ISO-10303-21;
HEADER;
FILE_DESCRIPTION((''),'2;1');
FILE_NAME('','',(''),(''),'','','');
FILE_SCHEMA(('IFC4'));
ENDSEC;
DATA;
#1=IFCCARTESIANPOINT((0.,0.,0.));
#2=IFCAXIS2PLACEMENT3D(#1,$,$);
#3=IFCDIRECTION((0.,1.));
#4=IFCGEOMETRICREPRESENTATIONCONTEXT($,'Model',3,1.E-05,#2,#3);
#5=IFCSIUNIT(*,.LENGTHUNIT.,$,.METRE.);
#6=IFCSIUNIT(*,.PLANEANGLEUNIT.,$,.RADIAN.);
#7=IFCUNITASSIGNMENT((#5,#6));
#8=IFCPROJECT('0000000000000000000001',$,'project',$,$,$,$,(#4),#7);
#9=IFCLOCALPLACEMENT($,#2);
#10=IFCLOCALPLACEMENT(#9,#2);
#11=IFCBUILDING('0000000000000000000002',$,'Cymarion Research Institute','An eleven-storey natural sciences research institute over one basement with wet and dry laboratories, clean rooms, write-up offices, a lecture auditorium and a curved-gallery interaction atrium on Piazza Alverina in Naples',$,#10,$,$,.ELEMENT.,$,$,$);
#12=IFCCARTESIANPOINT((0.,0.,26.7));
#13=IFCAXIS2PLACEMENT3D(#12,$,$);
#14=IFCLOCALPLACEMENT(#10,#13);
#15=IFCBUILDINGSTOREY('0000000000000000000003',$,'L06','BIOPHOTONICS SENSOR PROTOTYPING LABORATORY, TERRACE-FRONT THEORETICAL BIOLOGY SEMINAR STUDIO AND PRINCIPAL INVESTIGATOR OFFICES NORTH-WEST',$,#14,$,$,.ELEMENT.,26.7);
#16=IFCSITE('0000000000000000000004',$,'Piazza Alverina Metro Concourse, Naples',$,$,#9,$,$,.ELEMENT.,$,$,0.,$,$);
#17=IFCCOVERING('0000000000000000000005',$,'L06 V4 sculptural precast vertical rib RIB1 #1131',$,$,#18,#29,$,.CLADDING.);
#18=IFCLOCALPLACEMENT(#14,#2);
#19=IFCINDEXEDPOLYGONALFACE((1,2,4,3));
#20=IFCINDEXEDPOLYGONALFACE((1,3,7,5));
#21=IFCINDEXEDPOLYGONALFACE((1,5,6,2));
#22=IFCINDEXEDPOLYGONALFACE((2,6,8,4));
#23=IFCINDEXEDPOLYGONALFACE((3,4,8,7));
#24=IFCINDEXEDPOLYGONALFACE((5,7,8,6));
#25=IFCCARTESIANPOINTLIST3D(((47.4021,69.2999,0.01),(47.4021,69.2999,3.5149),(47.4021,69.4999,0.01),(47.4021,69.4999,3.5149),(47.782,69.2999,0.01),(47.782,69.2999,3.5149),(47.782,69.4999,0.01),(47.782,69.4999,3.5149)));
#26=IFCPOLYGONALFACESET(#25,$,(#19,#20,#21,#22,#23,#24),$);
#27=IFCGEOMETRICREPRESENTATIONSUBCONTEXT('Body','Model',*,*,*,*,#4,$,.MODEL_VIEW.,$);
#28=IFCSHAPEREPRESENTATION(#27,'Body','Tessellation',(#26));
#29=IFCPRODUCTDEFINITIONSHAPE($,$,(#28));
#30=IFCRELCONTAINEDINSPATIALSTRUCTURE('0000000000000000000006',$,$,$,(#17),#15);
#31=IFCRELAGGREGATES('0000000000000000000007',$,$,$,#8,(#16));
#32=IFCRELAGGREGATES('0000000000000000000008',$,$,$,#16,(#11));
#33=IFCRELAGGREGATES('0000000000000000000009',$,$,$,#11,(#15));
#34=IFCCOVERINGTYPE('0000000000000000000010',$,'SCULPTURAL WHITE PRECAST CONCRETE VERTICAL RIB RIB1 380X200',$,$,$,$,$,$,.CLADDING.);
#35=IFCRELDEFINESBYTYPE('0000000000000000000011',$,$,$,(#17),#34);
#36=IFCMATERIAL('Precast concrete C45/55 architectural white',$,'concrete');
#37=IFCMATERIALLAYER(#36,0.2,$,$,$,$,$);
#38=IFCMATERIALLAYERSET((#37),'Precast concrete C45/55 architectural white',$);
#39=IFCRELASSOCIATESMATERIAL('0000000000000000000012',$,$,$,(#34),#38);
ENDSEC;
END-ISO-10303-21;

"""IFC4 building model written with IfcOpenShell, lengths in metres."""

from ifc_helpers import new_model, si_unit, direction, frame, origin, origin_2d, place, context, subcontext, project, spatial, rectangle, extrude, material, layer, layer_set, type_object, element, save


model = new_model("IFC4")

# Units and contexts
model_context = context("Model", 3, precision=1e-05, world=origin(), true_north=direction((0.0, 1.0)))
body_context = subcontext(model_context, "Body", "Model", "MODEL_VIEW")
ifc_project = project(units=[si_unit("LENGTHUNIT", "METRE"), si_unit("PLANEANGLEUNIT", "RADIAN")], contexts=[model_context])

# Site, building, storey
site_placement = place(None, origin())
site = spatial("IfcSite", under=ifc_project, at=site_placement, Name="Piazza Alverina Metro Concourse, Naples", CompositionType="ELEMENT", RefElevation=0.0)
building_placement = place(site_placement, origin())
building = spatial("IfcBuilding", under=site, at=building_placement, Name="Cymarion Research Institute", Description="An eleven-storey natural sciences research institute over one basement with wet and dry laboratories, clean rooms, write-up offices, a lecture auditorium and a curved-gallery interaction atrium on Piazza Alverina in Naples", CompositionType="ELEMENT")
storey_placement = place(building_placement, frame((0.0, 0.0, 26.7)))
storey = spatial("IfcBuildingStorey", under=building, at=storey_placement, Name="L06", Description="BIOPHOTONICS SENSOR PROTOTYPING LABORATORY, TERRACE-FRONT THEORETICAL BIOLOGY SEMINAR STUDIO AND PRINCIPAL INVESTIGATOR OFFICES NORTH-WEST", CompositionType="ELEMENT", Elevation=26.7)

# Covering
ifc_material = material(Name="Precast concrete C45/55 architectural white", Category="concrete")
ifc_layer_1 = layer(ifc_material, 0.2)
ifc_layer_set_1 = layer_set([ifc_layer_1], Name="Precast concrete C45/55 architectural white")
covering_type_1 = type_object("IfcCoveringType", Name="SCULPTURAL WHITE PRECAST CONCRETE VERTICAL RIB RIB1 380X200", PredefinedType="CLADDING", material=ifc_layer_set_1)
for number, where, z_axis, x_axis, name in (
    (1, (47.592, 69.3999, 0.01), (0.0, 0.0, 1.0), (1.0, 0.0, 0.0), "L06 V4 sculptural precast vertical rib RIB1 #1131"),
):
    element("IfcCovering", number, at=place(storey_placement, frame(where, z_axis=z_axis, x_axis=x_axis)), inside=storey, type_object=covering_type_1, Name=name, PredefinedType="CLADDING", context=body_context, shape_type="SweptSolid", body=[
        extrude(rectangle(XDim=0.3799, YDim=0.2, at=origin_2d()), origin(), (0.0, 0.0, 1.0), 3.5049),
    ])

save(model, "model.ifc")
